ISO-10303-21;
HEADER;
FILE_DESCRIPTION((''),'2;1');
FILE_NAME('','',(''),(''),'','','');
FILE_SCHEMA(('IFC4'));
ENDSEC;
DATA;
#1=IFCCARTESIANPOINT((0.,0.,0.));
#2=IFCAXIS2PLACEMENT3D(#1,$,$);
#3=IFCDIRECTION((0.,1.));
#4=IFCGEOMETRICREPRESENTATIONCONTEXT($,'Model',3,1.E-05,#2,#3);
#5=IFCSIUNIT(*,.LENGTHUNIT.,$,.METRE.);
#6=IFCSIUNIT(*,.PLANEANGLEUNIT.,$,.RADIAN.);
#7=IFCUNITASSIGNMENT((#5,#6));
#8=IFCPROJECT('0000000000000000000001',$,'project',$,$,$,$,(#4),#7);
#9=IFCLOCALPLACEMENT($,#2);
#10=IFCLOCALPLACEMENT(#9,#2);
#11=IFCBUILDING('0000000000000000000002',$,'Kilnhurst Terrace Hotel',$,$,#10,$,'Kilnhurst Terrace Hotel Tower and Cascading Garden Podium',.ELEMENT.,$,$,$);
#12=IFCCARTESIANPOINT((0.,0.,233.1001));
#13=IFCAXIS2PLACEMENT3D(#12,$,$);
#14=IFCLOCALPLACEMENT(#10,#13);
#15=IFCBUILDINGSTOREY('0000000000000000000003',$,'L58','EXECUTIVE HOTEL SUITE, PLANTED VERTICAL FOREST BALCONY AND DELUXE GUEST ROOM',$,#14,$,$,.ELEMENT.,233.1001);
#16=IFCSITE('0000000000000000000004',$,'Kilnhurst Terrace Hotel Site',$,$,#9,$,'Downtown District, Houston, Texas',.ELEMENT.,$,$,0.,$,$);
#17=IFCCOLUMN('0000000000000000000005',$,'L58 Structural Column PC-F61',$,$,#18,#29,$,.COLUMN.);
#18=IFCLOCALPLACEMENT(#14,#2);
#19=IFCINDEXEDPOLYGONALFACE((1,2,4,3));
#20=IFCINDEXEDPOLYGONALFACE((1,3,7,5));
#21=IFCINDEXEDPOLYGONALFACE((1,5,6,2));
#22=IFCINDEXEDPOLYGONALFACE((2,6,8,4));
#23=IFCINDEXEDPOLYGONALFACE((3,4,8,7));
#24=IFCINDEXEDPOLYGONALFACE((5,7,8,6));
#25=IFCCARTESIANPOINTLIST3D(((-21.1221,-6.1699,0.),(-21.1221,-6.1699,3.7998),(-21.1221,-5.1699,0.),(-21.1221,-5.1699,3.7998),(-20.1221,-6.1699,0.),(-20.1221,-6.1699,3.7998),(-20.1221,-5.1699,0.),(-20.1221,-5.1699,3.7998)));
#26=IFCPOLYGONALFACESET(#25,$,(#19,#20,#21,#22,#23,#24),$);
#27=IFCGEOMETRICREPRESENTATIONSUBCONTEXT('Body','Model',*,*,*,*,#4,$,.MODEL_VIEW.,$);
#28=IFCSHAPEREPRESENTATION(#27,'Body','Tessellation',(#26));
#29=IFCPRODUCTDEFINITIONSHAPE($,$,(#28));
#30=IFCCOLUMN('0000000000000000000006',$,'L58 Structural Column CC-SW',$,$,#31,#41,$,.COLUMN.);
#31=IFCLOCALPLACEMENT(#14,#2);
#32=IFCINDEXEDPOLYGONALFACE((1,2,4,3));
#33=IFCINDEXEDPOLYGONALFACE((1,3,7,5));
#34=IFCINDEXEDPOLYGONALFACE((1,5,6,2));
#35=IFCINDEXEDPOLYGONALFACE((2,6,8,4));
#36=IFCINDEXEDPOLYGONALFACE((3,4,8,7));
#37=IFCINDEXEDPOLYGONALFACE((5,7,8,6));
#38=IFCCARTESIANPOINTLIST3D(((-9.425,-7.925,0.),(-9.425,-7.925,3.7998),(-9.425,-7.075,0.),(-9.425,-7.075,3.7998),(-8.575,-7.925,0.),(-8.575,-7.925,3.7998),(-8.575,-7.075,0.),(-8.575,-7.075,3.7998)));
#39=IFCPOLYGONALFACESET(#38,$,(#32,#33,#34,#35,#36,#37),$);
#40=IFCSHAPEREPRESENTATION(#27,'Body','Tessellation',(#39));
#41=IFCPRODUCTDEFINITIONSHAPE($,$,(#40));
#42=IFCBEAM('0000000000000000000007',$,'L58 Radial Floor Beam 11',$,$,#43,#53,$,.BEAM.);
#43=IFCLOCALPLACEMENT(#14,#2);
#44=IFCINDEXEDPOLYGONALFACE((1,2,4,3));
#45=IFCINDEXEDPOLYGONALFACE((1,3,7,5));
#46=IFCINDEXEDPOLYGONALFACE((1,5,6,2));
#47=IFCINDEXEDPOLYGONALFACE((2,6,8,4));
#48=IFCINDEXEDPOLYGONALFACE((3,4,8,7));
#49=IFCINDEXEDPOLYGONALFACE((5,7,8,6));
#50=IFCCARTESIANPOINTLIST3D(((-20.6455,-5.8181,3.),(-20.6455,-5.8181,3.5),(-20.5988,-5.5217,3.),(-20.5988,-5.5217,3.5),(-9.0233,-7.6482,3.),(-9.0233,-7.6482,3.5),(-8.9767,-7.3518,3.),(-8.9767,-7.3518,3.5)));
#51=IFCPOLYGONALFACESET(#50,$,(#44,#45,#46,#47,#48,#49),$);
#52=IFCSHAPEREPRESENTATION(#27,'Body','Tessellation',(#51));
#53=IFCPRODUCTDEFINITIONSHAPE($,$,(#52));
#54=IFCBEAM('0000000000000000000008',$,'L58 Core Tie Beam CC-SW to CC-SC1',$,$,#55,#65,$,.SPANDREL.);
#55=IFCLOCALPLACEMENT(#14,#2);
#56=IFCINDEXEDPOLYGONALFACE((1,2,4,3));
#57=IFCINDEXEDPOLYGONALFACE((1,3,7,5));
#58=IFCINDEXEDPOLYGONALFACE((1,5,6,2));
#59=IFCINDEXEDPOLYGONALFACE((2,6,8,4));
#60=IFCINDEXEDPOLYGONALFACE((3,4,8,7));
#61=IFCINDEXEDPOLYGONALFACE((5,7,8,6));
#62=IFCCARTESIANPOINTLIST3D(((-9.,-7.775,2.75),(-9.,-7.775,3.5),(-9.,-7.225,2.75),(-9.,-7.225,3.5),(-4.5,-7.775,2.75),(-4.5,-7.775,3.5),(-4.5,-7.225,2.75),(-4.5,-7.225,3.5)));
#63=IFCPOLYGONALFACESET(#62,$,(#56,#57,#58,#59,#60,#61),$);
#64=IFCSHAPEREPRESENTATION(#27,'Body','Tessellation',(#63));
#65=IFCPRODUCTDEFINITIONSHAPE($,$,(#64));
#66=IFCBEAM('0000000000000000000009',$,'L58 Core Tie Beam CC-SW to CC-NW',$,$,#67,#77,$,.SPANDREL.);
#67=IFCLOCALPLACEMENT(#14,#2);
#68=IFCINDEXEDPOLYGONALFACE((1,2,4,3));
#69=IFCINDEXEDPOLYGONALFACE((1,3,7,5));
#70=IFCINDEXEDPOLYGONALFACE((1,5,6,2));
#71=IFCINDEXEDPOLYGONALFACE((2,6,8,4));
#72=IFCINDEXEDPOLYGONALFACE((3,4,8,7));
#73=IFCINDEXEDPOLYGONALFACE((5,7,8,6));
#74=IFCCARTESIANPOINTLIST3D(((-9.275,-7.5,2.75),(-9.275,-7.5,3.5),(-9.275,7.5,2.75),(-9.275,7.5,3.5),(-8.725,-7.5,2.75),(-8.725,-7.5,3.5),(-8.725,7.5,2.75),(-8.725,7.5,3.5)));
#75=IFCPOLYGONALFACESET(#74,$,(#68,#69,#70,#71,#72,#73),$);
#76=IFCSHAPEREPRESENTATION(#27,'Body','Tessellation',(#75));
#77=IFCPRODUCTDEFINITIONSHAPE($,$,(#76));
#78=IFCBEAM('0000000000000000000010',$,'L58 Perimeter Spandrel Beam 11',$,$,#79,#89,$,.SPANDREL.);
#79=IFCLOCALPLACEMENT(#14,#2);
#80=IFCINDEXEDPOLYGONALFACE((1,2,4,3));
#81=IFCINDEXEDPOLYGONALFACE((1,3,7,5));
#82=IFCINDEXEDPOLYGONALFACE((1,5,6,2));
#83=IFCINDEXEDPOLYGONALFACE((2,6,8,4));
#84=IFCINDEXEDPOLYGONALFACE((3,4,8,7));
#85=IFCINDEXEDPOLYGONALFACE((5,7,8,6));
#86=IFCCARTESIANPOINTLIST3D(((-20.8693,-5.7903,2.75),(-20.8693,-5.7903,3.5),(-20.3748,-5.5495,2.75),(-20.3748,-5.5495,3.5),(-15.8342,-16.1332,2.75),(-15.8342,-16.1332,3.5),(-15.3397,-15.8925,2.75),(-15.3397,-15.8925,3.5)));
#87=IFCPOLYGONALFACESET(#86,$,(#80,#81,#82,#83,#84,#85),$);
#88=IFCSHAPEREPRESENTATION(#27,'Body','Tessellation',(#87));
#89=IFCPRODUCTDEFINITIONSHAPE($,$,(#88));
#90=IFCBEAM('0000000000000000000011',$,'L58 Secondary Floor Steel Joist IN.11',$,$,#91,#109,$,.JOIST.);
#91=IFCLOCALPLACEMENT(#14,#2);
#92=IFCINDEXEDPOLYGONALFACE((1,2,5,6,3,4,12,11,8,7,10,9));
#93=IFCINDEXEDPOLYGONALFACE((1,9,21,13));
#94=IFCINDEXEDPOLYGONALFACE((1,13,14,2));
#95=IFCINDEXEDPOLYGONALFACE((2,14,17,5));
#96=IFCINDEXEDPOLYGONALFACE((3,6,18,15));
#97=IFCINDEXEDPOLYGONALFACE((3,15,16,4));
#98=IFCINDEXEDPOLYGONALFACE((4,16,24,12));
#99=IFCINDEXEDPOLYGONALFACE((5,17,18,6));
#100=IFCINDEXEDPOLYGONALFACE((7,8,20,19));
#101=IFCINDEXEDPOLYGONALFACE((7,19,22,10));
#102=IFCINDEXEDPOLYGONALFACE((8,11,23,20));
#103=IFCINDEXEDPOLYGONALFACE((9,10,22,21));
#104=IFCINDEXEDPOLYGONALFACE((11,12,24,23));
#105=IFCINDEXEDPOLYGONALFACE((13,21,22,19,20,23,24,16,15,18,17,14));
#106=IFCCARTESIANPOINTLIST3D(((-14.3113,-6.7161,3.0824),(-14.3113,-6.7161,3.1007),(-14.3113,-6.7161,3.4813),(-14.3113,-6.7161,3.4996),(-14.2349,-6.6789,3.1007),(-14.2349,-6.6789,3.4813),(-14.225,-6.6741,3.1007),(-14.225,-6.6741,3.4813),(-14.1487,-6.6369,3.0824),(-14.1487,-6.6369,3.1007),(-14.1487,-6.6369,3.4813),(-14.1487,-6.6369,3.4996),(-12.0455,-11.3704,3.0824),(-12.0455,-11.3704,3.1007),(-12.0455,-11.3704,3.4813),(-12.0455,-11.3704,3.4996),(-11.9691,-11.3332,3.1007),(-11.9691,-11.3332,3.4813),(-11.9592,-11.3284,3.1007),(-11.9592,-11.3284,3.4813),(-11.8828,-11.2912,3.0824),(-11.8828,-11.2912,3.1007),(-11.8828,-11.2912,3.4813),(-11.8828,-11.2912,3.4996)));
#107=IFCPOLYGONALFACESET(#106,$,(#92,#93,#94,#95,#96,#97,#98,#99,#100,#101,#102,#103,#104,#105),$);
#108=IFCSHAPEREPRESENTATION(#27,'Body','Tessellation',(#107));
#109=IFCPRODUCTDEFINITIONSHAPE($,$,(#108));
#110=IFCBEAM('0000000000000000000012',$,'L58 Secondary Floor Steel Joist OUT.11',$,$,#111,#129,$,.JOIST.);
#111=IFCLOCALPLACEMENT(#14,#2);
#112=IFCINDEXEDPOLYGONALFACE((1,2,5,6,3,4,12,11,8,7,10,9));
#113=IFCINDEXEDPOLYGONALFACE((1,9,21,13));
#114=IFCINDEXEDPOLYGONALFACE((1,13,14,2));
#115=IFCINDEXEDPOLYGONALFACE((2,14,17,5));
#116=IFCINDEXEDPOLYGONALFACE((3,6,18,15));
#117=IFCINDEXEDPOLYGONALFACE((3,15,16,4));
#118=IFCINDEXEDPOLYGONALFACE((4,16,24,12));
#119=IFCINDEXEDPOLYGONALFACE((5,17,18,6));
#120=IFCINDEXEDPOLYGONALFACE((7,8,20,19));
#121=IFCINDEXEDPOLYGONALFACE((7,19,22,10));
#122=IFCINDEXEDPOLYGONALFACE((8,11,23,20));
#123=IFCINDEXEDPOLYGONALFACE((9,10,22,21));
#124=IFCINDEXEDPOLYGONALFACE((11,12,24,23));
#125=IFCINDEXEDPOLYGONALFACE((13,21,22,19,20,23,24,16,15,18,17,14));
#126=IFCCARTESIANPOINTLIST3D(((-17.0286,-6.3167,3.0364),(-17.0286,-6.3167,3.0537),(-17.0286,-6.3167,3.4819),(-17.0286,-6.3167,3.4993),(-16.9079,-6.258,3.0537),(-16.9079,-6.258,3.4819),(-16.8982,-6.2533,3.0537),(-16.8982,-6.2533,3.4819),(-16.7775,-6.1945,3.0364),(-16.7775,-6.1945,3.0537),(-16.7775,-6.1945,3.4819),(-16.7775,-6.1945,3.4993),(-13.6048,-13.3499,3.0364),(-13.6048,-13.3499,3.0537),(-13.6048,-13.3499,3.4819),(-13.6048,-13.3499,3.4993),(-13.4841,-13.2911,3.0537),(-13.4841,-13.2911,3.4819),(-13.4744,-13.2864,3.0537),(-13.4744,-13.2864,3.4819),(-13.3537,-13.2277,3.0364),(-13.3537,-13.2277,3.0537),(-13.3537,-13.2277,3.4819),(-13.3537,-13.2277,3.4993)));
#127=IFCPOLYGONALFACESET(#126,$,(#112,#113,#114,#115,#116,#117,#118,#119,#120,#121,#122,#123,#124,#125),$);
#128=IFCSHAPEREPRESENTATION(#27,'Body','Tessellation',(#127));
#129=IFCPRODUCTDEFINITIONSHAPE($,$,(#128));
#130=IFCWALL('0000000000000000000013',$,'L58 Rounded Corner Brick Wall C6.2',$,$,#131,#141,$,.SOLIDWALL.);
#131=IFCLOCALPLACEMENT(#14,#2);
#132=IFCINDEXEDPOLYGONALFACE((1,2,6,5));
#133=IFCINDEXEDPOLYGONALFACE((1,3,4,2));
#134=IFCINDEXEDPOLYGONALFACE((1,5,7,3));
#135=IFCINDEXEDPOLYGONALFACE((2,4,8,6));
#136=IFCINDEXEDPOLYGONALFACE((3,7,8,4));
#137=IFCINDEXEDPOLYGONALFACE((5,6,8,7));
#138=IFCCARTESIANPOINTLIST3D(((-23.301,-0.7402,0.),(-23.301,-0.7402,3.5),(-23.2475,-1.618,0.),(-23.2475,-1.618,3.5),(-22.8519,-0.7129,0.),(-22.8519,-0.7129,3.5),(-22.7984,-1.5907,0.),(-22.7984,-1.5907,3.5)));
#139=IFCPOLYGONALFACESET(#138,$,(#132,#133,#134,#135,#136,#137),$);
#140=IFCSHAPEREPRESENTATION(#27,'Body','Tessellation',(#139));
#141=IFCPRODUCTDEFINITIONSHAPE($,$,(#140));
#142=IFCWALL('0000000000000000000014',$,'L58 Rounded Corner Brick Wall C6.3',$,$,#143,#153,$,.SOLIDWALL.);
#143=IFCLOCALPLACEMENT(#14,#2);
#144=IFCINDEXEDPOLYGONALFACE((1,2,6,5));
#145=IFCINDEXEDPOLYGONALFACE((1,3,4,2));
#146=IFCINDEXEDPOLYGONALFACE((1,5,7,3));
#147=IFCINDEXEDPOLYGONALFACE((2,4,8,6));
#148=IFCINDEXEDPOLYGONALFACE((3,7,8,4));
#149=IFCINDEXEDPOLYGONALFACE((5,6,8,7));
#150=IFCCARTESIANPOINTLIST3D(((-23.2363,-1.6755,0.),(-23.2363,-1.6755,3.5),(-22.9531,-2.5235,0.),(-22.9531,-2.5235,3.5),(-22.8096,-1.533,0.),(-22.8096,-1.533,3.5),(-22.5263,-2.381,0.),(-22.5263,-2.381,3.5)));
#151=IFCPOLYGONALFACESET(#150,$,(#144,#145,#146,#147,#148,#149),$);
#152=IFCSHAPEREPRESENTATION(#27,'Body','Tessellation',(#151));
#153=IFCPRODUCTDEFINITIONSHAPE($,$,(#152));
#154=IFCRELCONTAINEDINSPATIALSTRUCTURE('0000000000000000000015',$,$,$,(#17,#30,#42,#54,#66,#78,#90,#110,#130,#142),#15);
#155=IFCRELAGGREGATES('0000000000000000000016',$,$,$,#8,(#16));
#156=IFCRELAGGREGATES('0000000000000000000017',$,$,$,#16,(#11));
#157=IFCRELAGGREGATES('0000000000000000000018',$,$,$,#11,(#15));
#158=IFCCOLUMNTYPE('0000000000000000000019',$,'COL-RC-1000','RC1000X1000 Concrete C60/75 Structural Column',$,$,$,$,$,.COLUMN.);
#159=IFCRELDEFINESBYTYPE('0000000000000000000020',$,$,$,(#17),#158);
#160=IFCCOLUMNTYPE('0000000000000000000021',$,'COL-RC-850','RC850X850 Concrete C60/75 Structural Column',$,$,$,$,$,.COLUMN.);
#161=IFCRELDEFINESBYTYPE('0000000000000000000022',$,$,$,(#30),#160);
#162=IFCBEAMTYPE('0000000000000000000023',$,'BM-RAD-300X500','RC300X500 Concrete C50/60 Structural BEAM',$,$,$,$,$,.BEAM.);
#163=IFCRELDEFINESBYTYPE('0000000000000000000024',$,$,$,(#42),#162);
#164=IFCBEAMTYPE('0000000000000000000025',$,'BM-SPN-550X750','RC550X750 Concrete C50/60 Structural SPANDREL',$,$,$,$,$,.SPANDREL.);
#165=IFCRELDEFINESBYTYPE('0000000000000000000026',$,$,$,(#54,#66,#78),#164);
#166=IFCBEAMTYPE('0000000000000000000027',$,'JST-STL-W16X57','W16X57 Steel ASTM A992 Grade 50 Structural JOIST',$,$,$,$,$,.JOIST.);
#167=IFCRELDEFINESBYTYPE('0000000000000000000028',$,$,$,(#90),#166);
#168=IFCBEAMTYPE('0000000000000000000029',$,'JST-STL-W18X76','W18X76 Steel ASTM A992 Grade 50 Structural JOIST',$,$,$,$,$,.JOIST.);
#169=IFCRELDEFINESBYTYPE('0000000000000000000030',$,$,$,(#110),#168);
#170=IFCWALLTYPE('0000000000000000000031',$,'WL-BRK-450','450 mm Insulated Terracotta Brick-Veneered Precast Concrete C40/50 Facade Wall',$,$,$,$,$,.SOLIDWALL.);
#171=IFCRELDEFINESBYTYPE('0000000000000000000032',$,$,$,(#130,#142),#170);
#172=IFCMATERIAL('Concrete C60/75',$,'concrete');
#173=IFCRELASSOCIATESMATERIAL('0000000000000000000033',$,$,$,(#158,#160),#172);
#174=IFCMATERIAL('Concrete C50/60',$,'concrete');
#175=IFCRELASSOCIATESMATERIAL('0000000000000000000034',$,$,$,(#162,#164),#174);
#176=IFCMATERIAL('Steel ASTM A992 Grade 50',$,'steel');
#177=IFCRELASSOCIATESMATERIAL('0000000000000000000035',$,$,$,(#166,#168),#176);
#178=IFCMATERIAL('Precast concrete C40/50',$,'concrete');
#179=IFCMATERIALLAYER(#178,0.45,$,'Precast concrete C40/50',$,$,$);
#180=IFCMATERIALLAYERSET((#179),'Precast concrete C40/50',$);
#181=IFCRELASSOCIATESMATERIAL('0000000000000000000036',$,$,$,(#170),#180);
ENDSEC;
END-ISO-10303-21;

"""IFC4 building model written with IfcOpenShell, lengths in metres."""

from ifc_helpers import new_model, si_unit, direction, frame, frame_2d, origin, origin_2d, place, context, subcontext, project, spatial, rectangle, i_section, extrude, material, layer, layer_set, material_profile, profile_set, type_object, element, save


model = new_model("IFC4")

# Units and contexts
model_context = context("Model", 3, precision=1e-05, world=origin(), true_north=direction((0.0, 1.0)))
body_context = subcontext(model_context, "Body", "Model", "MODEL_VIEW")
ifc_project = project(units=[si_unit("LENGTHUNIT", "METRE"), si_unit("PLANEANGLEUNIT", "RADIAN")], contexts=[model_context])

# Site, building, storey
site_placement = place(None, origin())
site = spatial("IfcSite", under=ifc_project, at=site_placement, Name="Kilnhurst Terrace Hotel Site", LongName="Downtown District, Houston, Texas", CompositionType="ELEMENT", RefElevation=0.0)
building_placement = place(site_placement, origin())
building = spatial("IfcBuilding", under=site, at=building_placement, Name="Kilnhurst Terrace Hotel", LongName="Kilnhurst Terrace Hotel Tower and Cascading Garden Podium", CompositionType="ELEMENT")
storey_placement = place(building_placement, frame((0.0, 0.0, 233.1001)))
storey = spatial("IfcBuildingStorey", under=building, at=storey_placement, Name="L58", Description="EXECUTIVE HOTEL SUITE, PLANTED VERTICAL FOREST BALCONY AND DELUXE GUEST ROOM", CompositionType="ELEMENT", Elevation=233.1001)

# Columns
ifc_material_1 = material(Name="Concrete C60/75", Category="concrete")
ifc_material_profile_1 = material_profile(ifc_material_1, rectangle(XDim=1.0, YDim=1.0, at=origin_2d()), Name="RC1000X1000")
ifc_profile_set_1 = profile_set([ifc_material_profile_1], Name="Concrete C60/75")
column_type_1 = type_object("IfcColumnType", Name="COL-RC-1000", Description="RC1000X1000 Concrete C60/75 Structural Column", PredefinedType="COLUMN", material=ifc_profile_set_1)
column_1_placement = place(storey_placement, frame((-20.6221, -5.6699, 0.0), z_axis=(0.0, 0.0, 1.0), x_axis=(1.0, 0.0, 0.0)))
element("IfcColumn", 1, at=column_1_placement, inside=storey, type_object=column_type_1, Name="L58 Structural Column PC-F61", PredefinedType="COLUMN", context=body_context, shape_type="SweptSolid", body=[
    extrude(rectangle(XDim=1.0, YDim=1.0, at=origin_2d()), origin(), (0.0, 0.0, 1.0), 3.7998),
])
ifc_material_profile_2 = material_profile(ifc_material_1, rectangle(XDim=0.8501, YDim=0.8501, at=origin_2d()), Name="RC850X850")
ifc_profile_set_2 = profile_set([ifc_material_profile_2], Name="Concrete C60/75")
column_type_2 = type_object("IfcColumnType", Name="COL-RC-850", Description="RC850X850 Concrete C60/75 Structural Column", PredefinedType="COLUMN", material=ifc_profile_set_2)
column_2_placement = place(storey_placement, frame((-9.0, -7.5, 0.0), z_axis=(0.0, 0.0, 1.0), x_axis=(1.0, 0.0, 0.0)))
element("IfcColumn", 2, at=column_2_placement, inside=storey, type_object=column_type_2, Name="L58 Structural Column CC-SW", PredefinedType="COLUMN", context=body_context, shape_type="SweptSolid", body=[
    extrude(rectangle(XDim=0.8501, YDim=0.8501, at=origin_2d()), origin(), (0.0, 0.0, 1.0), 3.7998),
])

# Beams
ifc_material_2 = material(Name="Concrete C50/60", Category="concrete")
ifc_material_profile_3 = material_profile(ifc_material_2, rectangle(XDim=0.3, YDim=0.5, at=origin_2d()), Name="RC300X500")
ifc_profile_set_3 = profile_set([ifc_material_profile_3], Name="Concrete C50/60")
beam_type_1 = type_object("IfcBeamType", Name="BM-RAD-300X500", Description="RC300X500 Concrete C50/60 Structural BEAM", PredefinedType="BEAM", material=ifc_profile_set_3)
beam_1_placement = place(storey_placement, frame((-9.0, -7.5, 3.25), z_axis=(-0.987828, 0.155549, 0.0), x_axis=(-0.155549, -0.987828, 0.0)))
element("IfcBeam", 3, at=beam_1_placement, inside=storey, type_object=beam_type_1, Name="L58 Radial Floor Beam 11", PredefinedType="BEAM", context=body_context, shape_type="SweptSolid", body=[
    extrude(rectangle(XDim=0.3, YDim=0.5, at=origin_2d()), origin(), (0.0, 0.0, 1.0), 11.7654),
])
ifc_material_profile_4 = material_profile(ifc_material_2, rectangle(XDim=0.55, YDim=0.75, at=origin_2d()), Name="RC550X750")
ifc_profile_set_4 = profile_set([ifc_material_profile_4], Name="Concrete C50/60")
beam_type_2 = type_object("IfcBeamType", Name="BM-SPN-550X750", Description="RC550X750 Concrete C50/60 Structural SPANDREL", PredefinedType="SPANDREL", material=ifc_profile_set_4)
beam_2_placement = place(storey_placement, frame((-9.0, -7.5, 3.125), z_axis=(1.0, 0.0, 0.0), x_axis=(0.0, 1.0, 0.0)))
element("IfcBeam", 4, at=beam_2_placement, inside=storey, type_object=beam_type_2, Name="L58 Core Tie Beam CC-SW to CC-SC1", PredefinedType="SPANDREL", context=body_context, shape_type="SweptSolid", body=[
    extrude(rectangle(XDim=0.55, YDim=0.75, at=origin_2d()), origin(), (0.0, 0.0, 1.0), 4.5),
])
beam_3_placement = place(storey_placement, frame((-9.0, -7.5, 3.125), z_axis=(0.0, 1.0, 0.0), x_axis=(-1.0, 0.0, 0.0)))
element("IfcBeam", 5, at=beam_3_placement, inside=storey, type_object=beam_type_2, Name="L58 Core Tie Beam CC-SW to CC-NW", PredefinedType="SPANDREL", context=body_context, shape_type="SweptSolid", body=[
    extrude(rectangle(XDim=0.55, YDim=0.75, at=origin_2d()), origin(), (0.0, 0.0, 1.0), 15.0),
])
beam_4_placement = place(storey_placement, frame((-20.6221, -5.6699, 3.125), z_axis=(0.437706, -0.899118, 0.0), x_axis=(0.899118, 0.437706, 0.0)))
element("IfcBeam", 6, at=beam_4_placement, inside=storey, type_object=beam_type_2, Name="L58 Perimeter Spandrel Beam 11", PredefinedType="SPANDREL", context=body_context, shape_type="SweptSolid", body=[
    extrude(rectangle(XDim=0.55, YDim=0.75, at=origin_2d()), origin(), (0.0, 0.0, 1.0), 11.5034),
])
ifc_material_3 = material(Name="Steel ASTM A992 Grade 50", Category="steel")
ifc_material_profile_5 = material_profile(ifc_material_3, i_section(OverallWidth=0.1809, OverallDepth=0.4172, WebThickness=0.011, FlangeThickness=0.0183, at=origin_2d()), Name="W16X57")
ifc_profile_set_5 = profile_set([ifc_material_profile_5], Name="Steel ASTM A992 Grade 50")
beam_type_3 = type_object("IfcBeamType", Name="JST-STL-W16X57", Description="W16X57 Steel ASTM A992 Grade 50 Structural JOIST", PredefinedType="JOIST", material=ifc_profile_set_5)
beam_5_placement = place(storey_placement, frame((-14.23, -6.6765, 3.291), z_axis=(0.437718, -0.899112, 0.0), x_axis=(0.899112, 0.437718, 0.0)))
element("IfcBeam", 7, at=beam_5_placement, inside=storey, type_object=beam_type_3, Name="L58 Secondary Floor Steel Joist IN.11", PredefinedType="JOIST", context=body_context, shape_type="SweptSolid", body=[
    extrude(i_section(OverallWidth=0.1809, OverallDepth=0.4172, WebThickness=0.011, FlangeThickness=0.0183, at=origin_2d()), origin(), (0.0, 0.0, 1.0), 5.1765),
])
ifc_material_profile_6 = material_profile(ifc_material_3, i_section(OverallWidth=0.2793, OverallDepth=0.4629, WebThickness=0.0107, FlangeThickness=0.0173, at=origin_2d()), Name="W18X76")
ifc_profile_set_6 = profile_set([ifc_material_profile_6], Name="Steel ASTM A992 Grade 50")
beam_type_4 = type_object("IfcBeamType", Name="JST-STL-W18X76", Description="W18X76 Steel ASTM A992 Grade 50 Structural JOIST", PredefinedType="JOIST", material=ifc_profile_set_6)
beam_6_placement = place(storey_placement, frame((-16.9031, -6.2556, 3.2678), z_axis=(0.4377, -0.899121, 0.0), x_axis=(0.899121, 0.4377, 0.0)))
element("IfcBeam", 8, at=beam_6_placement, inside=storey, type_object=beam_type_4, Name="L58 Secondary Floor Steel Joist OUT.11", PredefinedType="JOIST", context=body_context, shape_type="SweptSolid", body=[
    extrude(i_section(OverallWidth=0.2793, OverallDepth=0.4629, WebThickness=0.0107, FlangeThickness=0.0173, at=origin_2d()), origin(), (0.0, 0.0, 1.0), 7.8223),
])

# Walls
ifc_material_4 = material(Name="Precast concrete C40/50", Category="concrete")
ifc_layer_1 = layer(ifc_material_4, 0.45, Name="Precast concrete C40/50")
ifc_layer_set_1 = layer_set([ifc_layer_1], Name="Precast concrete C40/50")
wall_type_1 = type_object("IfcWallType", Name="WL-BRK-450", Description="450 mm Insulated Terracotta Brick-Veneered Precast Concrete C40/50 Facade Wall", PredefinedType="SOLIDWALL", material=ifc_layer_set_1)
wall_1_placement = place(storey_placement, frame((-23.0764, -0.7266, 0.0), z_axis=(0.0, 0.0, 1.0), x_axis=(0.060805, -0.99815, 0.0)))
element("IfcWall", 9, at=wall_1_placement, inside=storey, type_object=wall_type_1, Name="L58 Rounded Corner Brick Wall C6.2", PredefinedType="SOLIDWALL", context=body_context, shape_type="SweptSolid", body=[
    extrude(rectangle(XDim=0.8794, YDim=0.45, at=frame_2d((0.4397, 0.0))), origin(), (0.0, 0.0, 1.0), 3.5),
])
wall_2_placement = place(storey_placement, frame((-23.0229, -1.6042, 0.0), z_axis=(0.0, 0.0, 1.0), x_axis=(0.316801, -0.948492, 0.0)))
element("IfcWall", 10, at=wall_2_placement, inside=storey, type_object=wall_type_1, Name="L58 Rounded Corner Brick Wall C6.3", PredefinedType="SOLIDWALL", context=body_context, shape_type="SweptSolid", body=[
    extrude(rectangle(XDim=0.894, YDim=0.45, at=frame_2d((0.447, 0.0))), origin(), (0.0, 0.0, 1.0), 3.5),
])

save(model, "model.ifc")
